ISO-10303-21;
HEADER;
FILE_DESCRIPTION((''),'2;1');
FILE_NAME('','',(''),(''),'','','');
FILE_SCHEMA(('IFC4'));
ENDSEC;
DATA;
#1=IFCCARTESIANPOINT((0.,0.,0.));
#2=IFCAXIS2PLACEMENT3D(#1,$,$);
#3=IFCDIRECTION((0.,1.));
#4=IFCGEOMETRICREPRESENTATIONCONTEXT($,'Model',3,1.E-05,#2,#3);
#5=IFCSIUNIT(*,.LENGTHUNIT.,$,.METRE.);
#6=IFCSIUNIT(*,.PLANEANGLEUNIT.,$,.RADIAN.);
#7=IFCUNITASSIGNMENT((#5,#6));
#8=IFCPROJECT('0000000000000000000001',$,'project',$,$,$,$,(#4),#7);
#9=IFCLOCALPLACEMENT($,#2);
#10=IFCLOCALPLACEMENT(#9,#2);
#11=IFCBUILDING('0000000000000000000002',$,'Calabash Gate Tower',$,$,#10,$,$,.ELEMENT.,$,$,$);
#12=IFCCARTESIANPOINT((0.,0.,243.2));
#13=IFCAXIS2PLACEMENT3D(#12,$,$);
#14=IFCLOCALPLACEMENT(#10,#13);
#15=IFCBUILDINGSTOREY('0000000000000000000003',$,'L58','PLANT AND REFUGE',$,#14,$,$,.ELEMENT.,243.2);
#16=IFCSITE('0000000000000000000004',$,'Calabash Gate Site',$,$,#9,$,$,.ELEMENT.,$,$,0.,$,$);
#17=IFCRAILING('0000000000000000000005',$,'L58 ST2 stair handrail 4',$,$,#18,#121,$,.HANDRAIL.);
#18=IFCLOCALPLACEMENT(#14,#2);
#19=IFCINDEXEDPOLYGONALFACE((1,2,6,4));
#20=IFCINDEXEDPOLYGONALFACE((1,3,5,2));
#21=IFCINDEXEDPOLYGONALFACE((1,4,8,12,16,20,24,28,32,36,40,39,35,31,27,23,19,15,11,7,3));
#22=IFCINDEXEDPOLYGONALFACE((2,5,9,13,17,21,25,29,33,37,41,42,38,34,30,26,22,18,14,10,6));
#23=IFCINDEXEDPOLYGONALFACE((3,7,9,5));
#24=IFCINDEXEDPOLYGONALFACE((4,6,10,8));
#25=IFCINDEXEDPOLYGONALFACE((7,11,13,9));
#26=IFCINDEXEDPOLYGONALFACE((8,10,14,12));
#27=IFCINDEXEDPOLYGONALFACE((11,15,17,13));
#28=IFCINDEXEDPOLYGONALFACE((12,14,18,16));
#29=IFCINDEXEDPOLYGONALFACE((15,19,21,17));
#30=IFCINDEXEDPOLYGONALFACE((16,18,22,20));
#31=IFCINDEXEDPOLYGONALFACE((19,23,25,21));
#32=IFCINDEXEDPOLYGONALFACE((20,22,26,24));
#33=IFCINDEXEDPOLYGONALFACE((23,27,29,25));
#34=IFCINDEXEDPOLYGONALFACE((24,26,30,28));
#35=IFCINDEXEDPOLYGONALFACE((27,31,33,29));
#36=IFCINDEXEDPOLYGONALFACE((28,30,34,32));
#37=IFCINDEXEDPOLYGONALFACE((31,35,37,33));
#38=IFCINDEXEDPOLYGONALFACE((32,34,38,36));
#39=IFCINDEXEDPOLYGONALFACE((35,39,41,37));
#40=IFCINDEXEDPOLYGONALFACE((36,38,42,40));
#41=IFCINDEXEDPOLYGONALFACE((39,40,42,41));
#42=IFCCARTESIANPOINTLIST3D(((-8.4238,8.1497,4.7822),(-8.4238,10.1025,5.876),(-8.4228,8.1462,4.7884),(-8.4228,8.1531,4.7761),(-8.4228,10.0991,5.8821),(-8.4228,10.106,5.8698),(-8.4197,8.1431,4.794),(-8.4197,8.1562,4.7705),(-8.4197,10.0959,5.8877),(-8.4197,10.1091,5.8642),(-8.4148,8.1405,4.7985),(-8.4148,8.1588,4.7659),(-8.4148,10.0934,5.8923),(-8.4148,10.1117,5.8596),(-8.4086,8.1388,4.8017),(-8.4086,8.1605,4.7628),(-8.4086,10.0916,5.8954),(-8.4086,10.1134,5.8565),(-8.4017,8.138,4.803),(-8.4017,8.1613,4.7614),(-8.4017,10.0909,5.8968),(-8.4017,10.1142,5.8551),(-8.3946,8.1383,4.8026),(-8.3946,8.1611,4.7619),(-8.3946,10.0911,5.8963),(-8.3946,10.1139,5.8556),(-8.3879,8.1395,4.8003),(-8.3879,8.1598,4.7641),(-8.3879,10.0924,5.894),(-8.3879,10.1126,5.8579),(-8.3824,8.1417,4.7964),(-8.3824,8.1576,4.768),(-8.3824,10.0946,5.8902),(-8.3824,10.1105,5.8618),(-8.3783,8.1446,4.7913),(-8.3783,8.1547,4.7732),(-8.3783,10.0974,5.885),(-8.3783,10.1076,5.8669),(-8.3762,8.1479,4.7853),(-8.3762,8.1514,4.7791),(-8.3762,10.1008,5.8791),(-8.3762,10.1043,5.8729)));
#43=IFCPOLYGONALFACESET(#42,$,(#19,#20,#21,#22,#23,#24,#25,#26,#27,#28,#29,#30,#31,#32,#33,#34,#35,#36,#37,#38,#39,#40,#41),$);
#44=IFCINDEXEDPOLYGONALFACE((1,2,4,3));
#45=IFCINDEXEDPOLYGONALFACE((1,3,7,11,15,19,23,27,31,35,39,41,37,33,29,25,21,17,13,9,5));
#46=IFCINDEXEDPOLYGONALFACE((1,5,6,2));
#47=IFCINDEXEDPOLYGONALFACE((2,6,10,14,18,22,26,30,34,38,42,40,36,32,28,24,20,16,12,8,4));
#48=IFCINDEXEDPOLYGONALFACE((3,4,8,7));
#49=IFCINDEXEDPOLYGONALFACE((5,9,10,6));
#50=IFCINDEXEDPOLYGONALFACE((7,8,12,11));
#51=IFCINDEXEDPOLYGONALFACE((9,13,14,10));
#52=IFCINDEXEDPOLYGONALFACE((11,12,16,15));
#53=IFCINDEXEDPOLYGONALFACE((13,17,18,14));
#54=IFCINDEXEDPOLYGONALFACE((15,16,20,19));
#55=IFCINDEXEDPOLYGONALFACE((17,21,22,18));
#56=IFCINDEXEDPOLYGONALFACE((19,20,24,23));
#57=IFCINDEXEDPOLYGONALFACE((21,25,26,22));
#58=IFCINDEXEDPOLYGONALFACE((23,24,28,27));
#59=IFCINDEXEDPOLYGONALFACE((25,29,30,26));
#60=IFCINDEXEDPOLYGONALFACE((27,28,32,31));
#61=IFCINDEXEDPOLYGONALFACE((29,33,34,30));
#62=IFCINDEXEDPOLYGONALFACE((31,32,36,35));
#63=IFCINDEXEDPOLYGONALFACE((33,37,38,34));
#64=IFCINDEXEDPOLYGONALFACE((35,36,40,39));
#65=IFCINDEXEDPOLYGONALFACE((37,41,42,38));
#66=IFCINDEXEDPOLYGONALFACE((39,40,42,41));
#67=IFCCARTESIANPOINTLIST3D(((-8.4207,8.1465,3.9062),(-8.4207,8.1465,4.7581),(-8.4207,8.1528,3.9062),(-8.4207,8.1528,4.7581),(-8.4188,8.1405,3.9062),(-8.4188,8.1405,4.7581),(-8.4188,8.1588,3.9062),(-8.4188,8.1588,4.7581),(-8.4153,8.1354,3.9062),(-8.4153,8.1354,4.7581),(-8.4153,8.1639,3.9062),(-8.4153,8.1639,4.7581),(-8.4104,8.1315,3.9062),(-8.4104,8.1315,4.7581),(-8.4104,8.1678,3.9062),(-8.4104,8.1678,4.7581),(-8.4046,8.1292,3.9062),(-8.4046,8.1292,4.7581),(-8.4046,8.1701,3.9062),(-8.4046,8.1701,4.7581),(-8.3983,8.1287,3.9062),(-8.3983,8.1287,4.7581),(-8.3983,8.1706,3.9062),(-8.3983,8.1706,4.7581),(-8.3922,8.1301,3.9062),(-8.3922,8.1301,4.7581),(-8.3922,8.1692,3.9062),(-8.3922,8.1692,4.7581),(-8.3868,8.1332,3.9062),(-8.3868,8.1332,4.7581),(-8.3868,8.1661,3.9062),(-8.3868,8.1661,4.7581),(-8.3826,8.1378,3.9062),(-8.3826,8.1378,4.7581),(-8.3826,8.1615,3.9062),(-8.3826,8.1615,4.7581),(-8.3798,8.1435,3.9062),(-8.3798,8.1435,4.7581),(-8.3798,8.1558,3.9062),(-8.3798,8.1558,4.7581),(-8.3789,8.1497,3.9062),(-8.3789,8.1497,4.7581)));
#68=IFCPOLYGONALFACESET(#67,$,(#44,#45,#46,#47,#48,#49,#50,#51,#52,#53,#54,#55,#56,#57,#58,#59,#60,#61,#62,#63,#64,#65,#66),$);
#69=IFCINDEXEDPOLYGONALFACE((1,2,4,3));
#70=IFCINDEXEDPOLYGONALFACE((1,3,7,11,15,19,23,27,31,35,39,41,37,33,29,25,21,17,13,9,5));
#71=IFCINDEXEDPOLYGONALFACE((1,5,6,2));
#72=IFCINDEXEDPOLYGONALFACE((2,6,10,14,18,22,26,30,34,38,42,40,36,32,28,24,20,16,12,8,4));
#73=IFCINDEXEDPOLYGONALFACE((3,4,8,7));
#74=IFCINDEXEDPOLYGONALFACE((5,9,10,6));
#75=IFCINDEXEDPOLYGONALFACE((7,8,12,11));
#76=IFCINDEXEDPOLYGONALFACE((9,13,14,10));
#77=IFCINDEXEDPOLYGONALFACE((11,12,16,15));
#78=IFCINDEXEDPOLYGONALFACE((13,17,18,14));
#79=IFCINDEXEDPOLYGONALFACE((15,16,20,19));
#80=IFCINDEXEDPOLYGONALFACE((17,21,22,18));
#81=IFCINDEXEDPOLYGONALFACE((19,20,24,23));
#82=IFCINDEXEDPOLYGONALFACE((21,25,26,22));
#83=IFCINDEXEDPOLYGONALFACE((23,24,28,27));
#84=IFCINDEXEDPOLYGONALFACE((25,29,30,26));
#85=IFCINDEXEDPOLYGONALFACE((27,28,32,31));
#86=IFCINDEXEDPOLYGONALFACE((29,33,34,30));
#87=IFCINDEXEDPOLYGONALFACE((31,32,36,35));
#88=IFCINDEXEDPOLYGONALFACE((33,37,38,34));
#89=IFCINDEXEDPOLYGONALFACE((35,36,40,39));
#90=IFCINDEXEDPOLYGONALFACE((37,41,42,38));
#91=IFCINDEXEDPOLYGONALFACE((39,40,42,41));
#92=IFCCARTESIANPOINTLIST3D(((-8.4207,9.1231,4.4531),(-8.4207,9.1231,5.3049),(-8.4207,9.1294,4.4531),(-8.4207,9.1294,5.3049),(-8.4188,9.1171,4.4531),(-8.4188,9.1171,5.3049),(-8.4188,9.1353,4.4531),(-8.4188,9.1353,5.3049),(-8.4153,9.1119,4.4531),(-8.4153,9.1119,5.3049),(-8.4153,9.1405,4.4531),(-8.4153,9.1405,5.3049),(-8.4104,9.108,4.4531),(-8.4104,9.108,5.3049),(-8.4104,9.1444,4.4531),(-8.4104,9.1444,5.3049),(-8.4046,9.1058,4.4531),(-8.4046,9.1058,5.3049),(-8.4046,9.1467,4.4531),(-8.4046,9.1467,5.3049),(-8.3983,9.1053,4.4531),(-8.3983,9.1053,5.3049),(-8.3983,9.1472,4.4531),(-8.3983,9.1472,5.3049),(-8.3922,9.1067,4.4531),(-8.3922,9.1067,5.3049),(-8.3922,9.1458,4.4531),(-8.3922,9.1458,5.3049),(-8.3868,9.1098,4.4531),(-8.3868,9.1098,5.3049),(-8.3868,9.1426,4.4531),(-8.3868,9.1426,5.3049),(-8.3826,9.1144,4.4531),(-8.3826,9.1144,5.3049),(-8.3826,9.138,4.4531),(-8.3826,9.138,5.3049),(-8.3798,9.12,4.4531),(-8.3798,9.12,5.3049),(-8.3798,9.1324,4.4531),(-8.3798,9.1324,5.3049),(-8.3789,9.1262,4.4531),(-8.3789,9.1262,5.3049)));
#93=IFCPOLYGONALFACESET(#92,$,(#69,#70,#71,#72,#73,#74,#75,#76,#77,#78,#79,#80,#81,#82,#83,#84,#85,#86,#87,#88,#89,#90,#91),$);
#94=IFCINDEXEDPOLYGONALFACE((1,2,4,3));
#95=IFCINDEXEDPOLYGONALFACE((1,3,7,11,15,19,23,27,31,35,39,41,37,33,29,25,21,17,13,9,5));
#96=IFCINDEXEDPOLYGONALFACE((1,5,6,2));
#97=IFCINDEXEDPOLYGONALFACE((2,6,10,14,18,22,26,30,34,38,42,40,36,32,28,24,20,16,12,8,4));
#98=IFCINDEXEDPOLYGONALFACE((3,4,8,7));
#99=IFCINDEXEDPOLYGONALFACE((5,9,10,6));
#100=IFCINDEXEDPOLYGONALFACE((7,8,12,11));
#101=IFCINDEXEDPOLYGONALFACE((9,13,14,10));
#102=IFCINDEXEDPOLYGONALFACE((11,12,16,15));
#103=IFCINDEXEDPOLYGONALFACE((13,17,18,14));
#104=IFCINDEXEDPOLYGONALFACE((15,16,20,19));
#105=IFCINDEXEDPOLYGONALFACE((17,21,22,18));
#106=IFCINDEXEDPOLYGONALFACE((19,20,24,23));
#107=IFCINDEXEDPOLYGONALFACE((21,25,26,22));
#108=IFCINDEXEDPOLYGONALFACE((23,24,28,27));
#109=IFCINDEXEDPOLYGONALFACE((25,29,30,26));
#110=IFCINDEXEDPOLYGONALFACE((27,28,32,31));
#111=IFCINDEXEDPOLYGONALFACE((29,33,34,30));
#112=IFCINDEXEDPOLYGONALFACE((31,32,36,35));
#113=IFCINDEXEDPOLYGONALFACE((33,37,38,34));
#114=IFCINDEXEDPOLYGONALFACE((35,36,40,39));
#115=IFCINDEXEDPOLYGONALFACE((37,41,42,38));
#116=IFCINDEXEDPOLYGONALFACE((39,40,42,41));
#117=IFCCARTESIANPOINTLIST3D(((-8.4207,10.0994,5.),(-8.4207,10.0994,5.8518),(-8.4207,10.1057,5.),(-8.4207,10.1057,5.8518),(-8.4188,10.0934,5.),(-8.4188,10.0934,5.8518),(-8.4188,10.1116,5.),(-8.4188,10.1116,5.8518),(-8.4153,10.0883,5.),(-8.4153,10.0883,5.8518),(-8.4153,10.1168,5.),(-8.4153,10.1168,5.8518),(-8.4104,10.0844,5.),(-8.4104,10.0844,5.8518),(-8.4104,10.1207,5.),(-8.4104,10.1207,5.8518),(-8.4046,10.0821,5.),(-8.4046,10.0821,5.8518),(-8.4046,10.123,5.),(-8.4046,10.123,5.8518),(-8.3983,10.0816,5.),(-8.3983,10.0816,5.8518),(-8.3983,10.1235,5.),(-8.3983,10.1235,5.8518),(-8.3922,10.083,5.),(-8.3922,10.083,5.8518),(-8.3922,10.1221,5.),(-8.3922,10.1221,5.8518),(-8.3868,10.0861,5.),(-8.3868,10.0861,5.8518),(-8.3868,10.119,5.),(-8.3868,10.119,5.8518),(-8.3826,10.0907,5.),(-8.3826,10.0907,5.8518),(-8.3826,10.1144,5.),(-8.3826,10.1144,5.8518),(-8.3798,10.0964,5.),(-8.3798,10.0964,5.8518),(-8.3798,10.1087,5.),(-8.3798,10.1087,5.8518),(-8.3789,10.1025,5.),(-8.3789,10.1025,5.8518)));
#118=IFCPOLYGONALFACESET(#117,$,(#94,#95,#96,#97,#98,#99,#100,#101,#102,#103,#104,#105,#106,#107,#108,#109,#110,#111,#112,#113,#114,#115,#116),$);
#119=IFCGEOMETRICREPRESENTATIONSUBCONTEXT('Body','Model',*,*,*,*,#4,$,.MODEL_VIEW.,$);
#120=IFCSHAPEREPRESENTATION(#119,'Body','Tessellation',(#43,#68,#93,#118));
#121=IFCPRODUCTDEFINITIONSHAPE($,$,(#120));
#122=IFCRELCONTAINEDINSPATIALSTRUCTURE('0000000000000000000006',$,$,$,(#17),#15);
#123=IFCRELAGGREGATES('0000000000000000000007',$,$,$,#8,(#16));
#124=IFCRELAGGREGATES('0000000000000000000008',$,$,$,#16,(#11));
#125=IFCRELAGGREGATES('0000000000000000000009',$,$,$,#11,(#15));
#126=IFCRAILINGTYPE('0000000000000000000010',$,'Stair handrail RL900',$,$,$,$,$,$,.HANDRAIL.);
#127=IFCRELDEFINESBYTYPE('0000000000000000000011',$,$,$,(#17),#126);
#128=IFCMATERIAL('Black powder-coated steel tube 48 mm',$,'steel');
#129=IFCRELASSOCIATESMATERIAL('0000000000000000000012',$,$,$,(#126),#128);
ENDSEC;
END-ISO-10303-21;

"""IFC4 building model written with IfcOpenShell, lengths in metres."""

from ifc_helpers import new_model, si_unit, direction, frame, origin, origin_2d, place, context, subcontext, project, spatial, circle, extrude, material, type_object, element, save


model = new_model("IFC4")

# Units and contexts
model_context = context("Model", 3, precision=1e-05, world=origin(), true_north=direction((0.0, 1.0)))
body_context = subcontext(model_context, "Body", "Model", "MODEL_VIEW")
ifc_project = project(units=[si_unit("LENGTHUNIT", "METRE"), si_unit("PLANEANGLEUNIT", "RADIAN")], contexts=[model_context])

# Site, building, storey
site_placement = place(None, origin())
site = spatial("IfcSite", under=ifc_project, at=site_placement, Name="Calabash Gate Site", CompositionType="ELEMENT", RefElevation=0.0)
building_placement = place(site_placement, origin())
building = spatial("IfcBuilding", under=site, at=building_placement, Name="Calabash Gate Tower", CompositionType="ELEMENT")
storey_placement = place(building_placement, frame((0.0, 0.0, 243.2)))
storey = spatial("IfcBuildingStorey", under=building, at=storey_placement, Name="L58", Description="PLANT AND REFUGE", CompositionType="ELEMENT", Elevation=243.2)

# Railing
ifc_material_1 = material(Name="Black powder-coated steel tube 48 mm", Category="steel")
railing_type_1 = type_object("IfcRailingType", Name="Stair handrail RL900", PredefinedType="HANDRAIL", material=ifc_material_1)
railing_1_placement = place(storey_placement, frame((-8.3999, 8.1497, 3.9062)))
element("IfcRailing", 1, at=railing_1_placement, inside=storey, type_object=railing_type_1, Name="L58 ST2 stair handrail 4", PredefinedType="HANDRAIL", context=body_context, shape_type="SweptSolid", body=[
    extrude(circle(Radius=0.0239, at=origin_2d()), frame((0.0, 0.0, 0.876), z_axis=(0.0, 0.87248, 0.48865), x_axis=(-1.0, 0.0, 0.0)), (0.0, 0.0, 1.0), 2.2383),
    extrude(circle(Radius=0.021, at=origin_2d()), origin(), (0.0, 0.0, 1.0), 0.8518),
    extrude(circle(Radius=0.021, at=origin_2d()), frame((0.0, 0.9766, 0.5469)), (0.0, 0.0, 1.0), 0.8518),
    extrude(circle(Radius=0.021, at=origin_2d()), frame((0.0, 1.9529, 1.0938)), (0.0, 0.0, 1.0), 0.8518),
])

save(model, "model.ifc")
